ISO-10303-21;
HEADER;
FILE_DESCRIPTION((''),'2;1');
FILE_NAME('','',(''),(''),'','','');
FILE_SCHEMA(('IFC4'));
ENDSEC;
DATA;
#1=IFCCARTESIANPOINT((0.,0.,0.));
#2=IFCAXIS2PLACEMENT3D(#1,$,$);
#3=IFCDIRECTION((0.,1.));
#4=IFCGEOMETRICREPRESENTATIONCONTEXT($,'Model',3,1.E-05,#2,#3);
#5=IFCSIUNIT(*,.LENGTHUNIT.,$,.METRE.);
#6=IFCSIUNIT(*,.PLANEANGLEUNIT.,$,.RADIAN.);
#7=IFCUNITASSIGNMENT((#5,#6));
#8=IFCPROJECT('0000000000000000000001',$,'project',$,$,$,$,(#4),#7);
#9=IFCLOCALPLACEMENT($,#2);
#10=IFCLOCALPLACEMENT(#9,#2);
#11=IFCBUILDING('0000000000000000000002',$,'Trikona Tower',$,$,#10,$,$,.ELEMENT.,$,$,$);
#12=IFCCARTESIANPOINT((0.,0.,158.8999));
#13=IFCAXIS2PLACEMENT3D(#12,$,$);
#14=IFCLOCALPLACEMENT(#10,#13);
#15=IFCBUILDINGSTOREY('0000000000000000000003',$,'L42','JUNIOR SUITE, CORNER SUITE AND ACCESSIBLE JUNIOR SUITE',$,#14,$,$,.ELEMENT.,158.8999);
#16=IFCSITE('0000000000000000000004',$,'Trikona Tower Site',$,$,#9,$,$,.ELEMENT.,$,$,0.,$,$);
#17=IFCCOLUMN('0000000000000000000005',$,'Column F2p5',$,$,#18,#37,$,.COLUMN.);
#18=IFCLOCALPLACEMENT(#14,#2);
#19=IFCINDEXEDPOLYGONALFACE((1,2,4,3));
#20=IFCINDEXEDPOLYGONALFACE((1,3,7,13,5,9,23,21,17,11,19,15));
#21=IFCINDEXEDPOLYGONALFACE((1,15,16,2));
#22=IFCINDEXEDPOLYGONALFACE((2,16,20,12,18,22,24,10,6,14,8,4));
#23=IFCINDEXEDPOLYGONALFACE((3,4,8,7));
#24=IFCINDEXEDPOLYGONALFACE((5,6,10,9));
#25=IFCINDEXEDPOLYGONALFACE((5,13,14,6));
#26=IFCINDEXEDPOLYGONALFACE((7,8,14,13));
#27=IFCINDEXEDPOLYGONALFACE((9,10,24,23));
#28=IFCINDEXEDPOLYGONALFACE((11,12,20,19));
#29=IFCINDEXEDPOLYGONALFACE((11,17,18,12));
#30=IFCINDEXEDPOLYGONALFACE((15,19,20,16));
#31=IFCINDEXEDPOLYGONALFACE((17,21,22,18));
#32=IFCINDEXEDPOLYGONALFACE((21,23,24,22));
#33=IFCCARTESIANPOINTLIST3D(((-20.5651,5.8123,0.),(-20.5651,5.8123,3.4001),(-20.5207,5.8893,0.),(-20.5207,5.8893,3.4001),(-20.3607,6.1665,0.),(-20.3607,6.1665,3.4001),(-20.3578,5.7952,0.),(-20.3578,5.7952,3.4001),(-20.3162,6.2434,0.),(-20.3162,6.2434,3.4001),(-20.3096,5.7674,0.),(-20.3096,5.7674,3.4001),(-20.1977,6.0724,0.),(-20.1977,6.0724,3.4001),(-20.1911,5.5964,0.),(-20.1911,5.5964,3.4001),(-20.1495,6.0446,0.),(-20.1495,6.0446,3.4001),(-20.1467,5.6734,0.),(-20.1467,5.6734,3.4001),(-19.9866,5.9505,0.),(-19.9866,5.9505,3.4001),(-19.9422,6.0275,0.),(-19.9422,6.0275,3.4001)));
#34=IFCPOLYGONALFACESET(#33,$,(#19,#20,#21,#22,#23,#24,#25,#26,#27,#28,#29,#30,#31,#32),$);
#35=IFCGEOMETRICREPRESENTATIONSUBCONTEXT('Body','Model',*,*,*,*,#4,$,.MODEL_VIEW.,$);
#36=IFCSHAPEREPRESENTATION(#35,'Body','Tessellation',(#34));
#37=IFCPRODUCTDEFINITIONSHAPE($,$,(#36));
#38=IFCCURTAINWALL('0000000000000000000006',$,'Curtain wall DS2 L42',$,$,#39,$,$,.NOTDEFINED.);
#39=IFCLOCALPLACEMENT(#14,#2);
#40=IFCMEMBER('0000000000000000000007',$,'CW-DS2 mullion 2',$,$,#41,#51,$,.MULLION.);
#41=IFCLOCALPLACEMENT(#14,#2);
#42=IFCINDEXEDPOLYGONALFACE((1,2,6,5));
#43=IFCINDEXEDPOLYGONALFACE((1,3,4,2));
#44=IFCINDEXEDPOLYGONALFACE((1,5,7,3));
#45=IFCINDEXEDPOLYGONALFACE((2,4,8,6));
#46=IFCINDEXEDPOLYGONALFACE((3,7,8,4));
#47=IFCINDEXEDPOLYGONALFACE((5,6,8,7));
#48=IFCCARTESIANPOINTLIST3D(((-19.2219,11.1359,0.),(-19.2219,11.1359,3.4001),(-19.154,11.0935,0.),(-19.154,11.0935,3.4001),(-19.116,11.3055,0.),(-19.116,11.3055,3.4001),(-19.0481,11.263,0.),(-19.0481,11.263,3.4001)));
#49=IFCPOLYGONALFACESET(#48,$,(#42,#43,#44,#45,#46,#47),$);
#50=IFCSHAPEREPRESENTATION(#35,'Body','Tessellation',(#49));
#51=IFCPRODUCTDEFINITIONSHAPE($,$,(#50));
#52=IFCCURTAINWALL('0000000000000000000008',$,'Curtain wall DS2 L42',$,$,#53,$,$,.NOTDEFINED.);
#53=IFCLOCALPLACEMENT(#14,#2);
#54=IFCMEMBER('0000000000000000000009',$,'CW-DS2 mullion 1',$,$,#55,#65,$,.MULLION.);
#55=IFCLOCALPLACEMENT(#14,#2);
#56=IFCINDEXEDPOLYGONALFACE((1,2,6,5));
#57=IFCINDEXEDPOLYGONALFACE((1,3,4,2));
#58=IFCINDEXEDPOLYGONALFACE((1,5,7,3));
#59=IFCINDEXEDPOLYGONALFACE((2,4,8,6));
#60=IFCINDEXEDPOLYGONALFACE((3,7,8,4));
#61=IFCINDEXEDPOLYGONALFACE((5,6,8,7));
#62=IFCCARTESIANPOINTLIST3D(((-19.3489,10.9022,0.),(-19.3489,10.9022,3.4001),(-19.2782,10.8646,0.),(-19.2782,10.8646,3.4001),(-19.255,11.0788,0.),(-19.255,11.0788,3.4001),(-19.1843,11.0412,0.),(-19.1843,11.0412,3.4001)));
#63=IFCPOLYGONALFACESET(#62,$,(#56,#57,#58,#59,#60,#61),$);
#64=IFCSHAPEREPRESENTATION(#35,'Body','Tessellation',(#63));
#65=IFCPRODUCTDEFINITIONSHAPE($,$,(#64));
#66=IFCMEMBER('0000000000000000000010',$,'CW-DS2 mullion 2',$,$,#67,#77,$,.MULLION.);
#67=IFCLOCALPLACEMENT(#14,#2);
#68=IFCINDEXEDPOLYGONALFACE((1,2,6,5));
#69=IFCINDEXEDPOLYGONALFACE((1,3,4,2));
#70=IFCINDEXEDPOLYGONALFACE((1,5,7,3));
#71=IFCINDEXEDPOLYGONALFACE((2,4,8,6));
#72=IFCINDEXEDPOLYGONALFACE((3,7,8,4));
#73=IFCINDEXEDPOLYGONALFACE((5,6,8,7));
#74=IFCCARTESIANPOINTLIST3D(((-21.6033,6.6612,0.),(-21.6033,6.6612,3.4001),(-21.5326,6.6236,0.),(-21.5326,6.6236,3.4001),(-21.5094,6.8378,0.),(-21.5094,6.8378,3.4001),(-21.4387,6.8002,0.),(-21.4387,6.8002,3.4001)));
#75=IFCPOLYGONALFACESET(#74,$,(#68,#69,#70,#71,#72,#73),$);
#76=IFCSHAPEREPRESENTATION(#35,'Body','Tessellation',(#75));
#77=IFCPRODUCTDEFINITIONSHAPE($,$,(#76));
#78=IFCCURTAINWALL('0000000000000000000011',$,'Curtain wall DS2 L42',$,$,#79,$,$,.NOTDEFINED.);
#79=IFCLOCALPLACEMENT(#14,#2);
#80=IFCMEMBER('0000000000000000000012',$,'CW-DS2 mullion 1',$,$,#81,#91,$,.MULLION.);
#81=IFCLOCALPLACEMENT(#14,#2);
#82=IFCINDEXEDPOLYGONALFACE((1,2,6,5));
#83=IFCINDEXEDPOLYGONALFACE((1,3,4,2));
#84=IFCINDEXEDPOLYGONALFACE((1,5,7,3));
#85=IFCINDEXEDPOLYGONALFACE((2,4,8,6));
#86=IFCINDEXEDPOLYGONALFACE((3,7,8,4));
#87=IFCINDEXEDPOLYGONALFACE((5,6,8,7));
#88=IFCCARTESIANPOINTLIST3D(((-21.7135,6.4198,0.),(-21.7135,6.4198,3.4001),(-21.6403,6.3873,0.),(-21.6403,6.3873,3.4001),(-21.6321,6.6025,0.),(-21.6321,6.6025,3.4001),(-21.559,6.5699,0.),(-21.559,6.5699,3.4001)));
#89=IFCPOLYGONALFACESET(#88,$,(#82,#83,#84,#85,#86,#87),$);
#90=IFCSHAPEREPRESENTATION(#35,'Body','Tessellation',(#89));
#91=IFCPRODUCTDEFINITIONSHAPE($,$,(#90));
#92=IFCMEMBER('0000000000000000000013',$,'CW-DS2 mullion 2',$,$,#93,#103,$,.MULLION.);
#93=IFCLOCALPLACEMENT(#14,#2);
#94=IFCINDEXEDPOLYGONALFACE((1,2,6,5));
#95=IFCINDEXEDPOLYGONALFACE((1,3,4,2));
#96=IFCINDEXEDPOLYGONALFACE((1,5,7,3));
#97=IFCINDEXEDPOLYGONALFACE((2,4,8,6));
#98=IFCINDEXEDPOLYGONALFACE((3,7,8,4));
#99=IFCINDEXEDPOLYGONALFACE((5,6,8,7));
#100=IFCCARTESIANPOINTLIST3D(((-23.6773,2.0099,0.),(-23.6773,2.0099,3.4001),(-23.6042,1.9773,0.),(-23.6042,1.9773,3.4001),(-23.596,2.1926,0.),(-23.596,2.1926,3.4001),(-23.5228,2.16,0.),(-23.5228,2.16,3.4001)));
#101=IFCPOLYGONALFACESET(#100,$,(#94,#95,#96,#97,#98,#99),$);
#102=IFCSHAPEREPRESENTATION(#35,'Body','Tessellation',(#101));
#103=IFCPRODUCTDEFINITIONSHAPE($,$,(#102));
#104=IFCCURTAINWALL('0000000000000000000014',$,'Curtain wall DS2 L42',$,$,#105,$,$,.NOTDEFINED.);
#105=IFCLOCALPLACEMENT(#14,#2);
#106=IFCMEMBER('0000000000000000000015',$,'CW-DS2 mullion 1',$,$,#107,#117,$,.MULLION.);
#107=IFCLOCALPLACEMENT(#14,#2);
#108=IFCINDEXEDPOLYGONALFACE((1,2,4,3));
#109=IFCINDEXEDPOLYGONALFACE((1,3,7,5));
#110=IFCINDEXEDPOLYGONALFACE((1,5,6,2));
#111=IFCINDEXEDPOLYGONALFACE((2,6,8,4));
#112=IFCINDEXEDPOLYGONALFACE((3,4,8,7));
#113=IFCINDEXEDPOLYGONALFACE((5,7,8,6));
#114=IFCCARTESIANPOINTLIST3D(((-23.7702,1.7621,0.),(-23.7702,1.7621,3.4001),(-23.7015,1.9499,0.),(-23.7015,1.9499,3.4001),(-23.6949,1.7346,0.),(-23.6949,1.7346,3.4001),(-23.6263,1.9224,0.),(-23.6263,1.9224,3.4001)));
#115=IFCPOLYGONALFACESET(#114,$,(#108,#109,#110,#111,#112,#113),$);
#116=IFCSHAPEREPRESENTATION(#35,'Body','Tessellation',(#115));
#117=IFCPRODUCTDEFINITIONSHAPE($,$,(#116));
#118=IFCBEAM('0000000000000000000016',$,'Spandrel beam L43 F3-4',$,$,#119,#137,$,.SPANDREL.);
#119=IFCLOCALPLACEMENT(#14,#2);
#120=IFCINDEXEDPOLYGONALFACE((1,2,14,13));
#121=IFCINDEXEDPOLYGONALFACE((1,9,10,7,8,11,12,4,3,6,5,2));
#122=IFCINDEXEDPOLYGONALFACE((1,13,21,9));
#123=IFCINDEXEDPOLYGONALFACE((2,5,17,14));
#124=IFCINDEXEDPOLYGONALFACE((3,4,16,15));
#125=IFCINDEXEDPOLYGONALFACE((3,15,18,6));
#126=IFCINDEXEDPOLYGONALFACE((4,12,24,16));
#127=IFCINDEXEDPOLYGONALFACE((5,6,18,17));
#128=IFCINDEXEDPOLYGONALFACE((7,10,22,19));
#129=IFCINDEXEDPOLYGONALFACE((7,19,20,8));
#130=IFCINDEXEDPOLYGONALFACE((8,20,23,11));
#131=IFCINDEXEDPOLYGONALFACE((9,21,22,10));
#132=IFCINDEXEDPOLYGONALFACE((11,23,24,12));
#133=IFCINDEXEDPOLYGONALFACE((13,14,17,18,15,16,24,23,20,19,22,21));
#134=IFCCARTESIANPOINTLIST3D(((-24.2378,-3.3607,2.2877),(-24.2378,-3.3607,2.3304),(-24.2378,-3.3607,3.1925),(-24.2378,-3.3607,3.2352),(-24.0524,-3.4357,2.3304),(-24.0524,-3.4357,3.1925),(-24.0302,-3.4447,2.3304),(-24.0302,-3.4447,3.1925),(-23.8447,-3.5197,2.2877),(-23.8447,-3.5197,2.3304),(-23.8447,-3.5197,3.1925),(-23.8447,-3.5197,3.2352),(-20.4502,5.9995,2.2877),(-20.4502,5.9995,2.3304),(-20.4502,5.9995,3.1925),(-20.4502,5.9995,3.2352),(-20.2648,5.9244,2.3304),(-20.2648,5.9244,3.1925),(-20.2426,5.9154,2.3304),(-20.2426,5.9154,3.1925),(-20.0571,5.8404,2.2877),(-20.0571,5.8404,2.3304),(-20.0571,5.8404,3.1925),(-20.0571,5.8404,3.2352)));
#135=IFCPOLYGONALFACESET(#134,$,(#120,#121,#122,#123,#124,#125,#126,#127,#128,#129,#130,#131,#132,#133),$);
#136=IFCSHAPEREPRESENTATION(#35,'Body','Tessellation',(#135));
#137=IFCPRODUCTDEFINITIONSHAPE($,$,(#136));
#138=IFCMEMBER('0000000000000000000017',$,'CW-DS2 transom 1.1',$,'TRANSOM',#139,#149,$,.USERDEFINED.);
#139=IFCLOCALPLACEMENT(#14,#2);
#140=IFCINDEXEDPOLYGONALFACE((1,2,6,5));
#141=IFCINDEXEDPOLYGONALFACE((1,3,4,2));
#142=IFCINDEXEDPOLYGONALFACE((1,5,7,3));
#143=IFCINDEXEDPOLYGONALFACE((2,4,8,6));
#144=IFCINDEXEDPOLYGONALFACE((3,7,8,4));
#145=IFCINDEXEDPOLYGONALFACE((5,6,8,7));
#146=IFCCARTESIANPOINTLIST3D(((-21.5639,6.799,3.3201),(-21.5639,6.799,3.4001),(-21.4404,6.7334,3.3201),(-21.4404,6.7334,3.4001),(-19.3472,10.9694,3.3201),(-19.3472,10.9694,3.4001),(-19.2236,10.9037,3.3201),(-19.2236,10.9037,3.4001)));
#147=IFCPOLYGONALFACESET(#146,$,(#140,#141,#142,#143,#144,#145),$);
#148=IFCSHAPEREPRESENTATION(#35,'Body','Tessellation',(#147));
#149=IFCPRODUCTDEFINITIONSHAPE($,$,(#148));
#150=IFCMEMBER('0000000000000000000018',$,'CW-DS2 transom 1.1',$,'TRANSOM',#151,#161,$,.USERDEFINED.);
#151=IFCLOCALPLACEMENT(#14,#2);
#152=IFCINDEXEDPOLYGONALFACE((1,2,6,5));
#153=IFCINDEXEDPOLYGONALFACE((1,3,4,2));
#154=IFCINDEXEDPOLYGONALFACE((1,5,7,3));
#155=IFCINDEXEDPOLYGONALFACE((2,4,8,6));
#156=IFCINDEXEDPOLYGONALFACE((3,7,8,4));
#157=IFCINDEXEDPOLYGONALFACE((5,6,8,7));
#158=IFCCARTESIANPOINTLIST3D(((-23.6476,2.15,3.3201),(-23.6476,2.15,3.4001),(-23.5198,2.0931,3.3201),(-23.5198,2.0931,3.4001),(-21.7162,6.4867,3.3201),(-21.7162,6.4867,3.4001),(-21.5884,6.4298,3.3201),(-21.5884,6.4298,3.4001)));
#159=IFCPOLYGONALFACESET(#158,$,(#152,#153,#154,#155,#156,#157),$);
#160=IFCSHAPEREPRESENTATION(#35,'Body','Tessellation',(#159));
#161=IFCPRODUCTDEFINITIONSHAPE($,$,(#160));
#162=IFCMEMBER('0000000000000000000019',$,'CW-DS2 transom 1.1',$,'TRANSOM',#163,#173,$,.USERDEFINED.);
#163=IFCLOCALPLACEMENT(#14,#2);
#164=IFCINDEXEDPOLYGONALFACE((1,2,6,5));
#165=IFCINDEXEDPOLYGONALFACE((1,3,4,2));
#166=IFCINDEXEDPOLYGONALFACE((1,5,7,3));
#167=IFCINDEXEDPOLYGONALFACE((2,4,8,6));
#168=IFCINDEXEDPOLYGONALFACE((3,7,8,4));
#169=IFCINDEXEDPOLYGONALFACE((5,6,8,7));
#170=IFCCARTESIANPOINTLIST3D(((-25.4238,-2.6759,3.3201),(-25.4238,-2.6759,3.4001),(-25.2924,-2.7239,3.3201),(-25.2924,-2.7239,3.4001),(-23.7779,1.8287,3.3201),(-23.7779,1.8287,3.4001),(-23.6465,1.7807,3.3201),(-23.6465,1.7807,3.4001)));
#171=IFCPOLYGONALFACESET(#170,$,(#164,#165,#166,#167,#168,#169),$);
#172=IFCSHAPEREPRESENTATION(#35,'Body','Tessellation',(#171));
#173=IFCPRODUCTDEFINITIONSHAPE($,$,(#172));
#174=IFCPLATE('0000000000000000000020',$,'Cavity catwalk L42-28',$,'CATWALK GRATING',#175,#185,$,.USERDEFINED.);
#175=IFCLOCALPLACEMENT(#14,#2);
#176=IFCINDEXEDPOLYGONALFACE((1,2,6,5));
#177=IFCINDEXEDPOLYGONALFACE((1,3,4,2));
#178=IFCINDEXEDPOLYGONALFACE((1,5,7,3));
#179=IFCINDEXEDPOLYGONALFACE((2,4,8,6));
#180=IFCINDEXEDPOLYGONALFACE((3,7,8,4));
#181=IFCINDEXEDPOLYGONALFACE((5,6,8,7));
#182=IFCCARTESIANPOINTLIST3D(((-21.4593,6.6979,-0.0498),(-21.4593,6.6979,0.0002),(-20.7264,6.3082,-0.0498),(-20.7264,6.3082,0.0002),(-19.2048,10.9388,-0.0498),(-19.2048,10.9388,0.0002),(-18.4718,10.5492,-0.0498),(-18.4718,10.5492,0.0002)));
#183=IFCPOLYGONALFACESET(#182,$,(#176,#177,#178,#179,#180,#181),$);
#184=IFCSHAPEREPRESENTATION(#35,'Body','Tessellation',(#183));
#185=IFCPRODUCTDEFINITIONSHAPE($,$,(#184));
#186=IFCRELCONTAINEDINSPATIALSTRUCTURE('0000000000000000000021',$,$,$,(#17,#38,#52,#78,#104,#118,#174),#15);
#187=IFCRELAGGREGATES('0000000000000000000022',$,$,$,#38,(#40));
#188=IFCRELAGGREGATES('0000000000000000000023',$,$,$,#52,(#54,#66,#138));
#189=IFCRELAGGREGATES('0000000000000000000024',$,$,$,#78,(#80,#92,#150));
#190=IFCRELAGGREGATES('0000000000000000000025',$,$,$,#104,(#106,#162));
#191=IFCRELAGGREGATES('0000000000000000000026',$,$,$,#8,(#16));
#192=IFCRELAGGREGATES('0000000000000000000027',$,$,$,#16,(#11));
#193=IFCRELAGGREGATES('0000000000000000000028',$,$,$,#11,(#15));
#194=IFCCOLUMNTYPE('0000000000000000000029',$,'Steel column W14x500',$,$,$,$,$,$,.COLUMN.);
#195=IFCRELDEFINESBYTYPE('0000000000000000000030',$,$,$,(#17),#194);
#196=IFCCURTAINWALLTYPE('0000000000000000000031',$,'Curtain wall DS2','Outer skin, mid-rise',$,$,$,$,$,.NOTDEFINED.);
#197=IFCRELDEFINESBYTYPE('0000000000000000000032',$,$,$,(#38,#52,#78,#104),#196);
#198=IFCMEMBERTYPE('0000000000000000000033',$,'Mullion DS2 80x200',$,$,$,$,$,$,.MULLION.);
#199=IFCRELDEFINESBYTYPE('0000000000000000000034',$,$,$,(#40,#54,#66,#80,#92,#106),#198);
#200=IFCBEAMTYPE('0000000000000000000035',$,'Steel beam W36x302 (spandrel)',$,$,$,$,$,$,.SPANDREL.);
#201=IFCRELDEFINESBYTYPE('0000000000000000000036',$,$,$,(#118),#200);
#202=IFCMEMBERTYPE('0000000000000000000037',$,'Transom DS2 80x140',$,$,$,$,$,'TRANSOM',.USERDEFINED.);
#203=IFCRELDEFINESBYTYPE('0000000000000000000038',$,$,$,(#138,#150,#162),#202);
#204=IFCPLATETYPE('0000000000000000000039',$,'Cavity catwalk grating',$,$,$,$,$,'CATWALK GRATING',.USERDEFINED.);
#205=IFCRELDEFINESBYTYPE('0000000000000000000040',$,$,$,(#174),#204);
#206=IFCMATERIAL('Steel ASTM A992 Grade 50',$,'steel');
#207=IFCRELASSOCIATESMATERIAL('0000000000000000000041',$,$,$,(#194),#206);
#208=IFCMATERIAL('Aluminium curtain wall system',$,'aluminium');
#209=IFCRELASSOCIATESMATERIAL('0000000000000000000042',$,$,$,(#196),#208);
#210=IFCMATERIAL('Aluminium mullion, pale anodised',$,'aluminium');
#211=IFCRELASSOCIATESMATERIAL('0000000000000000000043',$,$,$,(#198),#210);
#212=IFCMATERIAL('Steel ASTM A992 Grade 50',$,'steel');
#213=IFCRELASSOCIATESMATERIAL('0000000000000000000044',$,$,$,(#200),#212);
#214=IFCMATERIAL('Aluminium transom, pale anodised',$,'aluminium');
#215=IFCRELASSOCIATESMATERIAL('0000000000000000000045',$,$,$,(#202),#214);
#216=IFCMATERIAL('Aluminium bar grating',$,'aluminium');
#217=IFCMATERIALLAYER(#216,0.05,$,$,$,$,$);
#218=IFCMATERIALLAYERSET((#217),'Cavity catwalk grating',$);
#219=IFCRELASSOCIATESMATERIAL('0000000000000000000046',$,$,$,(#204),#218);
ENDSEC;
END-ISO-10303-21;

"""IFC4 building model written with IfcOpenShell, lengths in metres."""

from ifc_helpers import new_model, si_unit, direction, frame, origin, origin_2d, place, context, subcontext, project, spatial, rectangle, i_section, extrude, material, layer, layer_set, material_profile, profile_set, type_object, element, aggregate, save


model = new_model("IFC4")

# Units and contexts
model_context = context("Model", 3, precision=1e-05, world=origin(), true_north=direction((0.0, 1.0)))
body_context = subcontext(model_context, "Body", "Model", "MODEL_VIEW")
ifc_project = project(units=[si_unit("LENGTHUNIT", "METRE"), si_unit("PLANEANGLEUNIT", "RADIAN")], contexts=[model_context])

# Site, building, storey
site_placement = place(None, origin())
site = spatial("IfcSite", under=ifc_project, at=site_placement, Name="Trikona Tower Site", CompositionType="ELEMENT", RefElevation=0.0)
building_placement = place(site_placement, origin())
building = spatial("IfcBuilding", under=site, at=building_placement, Name="Trikona Tower", CompositionType="ELEMENT")
storey_placement = place(building_placement, frame((0.0, 0.0, 158.8999)))
storey = spatial("IfcBuildingStorey", under=building, at=storey_placement, Name="L42", Description="JUNIOR SUITE, CORNER SUITE AND ACCESSIBLE JUNIOR SUITE", CompositionType="ELEMENT", Elevation=158.8999)

# Column
ifc_material_1 = material(Name="Steel ASTM A992 Grade 50", Category="steel")
ifc_material_profile_1 = material_profile(ifc_material_1, i_section(OverallWidth=0.4319, OverallDepth=0.4978, WebThickness=0.0557, FlangeThickness=0.0889, at=origin_2d()), Name="W14X500")
ifc_profile_set_1 = profile_set([ifc_material_profile_1], Name="Steel ASTM A992 Grade 50")
column_type = type_object("IfcColumnType", Name="Steel column W14x500", PredefinedType="COLUMN", material=ifc_profile_set_1)
column_placement = place(storey_placement, frame((-20.2537, 5.9199, 0.0), z_axis=(0.0, 0.0, 1.0), x_axis=(-0.866025, 0.5, 0.0)))
element("IfcColumn", 1, at=column_placement, inside=storey, type_object=column_type, Name="Column F2p5", PredefinedType="COLUMN", context=body_context, shape_type="SweptSolid", body=[
    extrude(i_section(OverallWidth=0.4319, OverallDepth=0.4978, WebThickness=0.0557, FlangeThickness=0.0889, at=origin_2d()), origin(), (0.0, 0.0, 1.0), 3.4001),
])

# Curtain wall, member
ifc_material_2 = material(Name="Aluminium curtain wall system", Category="aluminium")
curtain_wall_type = type_object("IfcCurtainWallType", Name="Curtain wall DS2", Description="Outer skin, mid-rise", PredefinedType="NOTDEFINED", material=ifc_material_2)
curtain_wall_1_placement = place(storey_placement, origin())
curtain_wall_1 = element("IfcCurtainWall", 2, at=curtain_wall_1_placement, inside=storey, type_object=curtain_wall_type, Name="Curtain wall DS2 L42", PredefinedType="NOTDEFINED")
ifc_material_3 = material(Name="Aluminium mullion, pale anodised", Category="aluminium")
ifc_material_profile_2 = material_profile(ifc_material_3, rectangle(XDim=0.0801, YDim=0.2, at=origin_2d()), Name="MUL-DS2")
ifc_profile_set_2 = profile_set([ifc_material_profile_2], Name="Aluminium mullion, pale anodised")
member_type_1 = type_object("IfcMemberType", Name="Mullion DS2 80x200", PredefinedType="MULLION", material=ifc_profile_set_2)
member_1_placement = place(storey_placement, frame((-19.135, 11.1995, 0.0), z_axis=(0.0, 0.0, 1.0), x_axis=(0.847998, -0.529999, 0.0)))
member_1 = element("IfcMember", 3, at=member_1_placement, type_object=member_type_1, Name="CW-DS2 mullion 2", PredefinedType="MULLION", context=body_context, shape_type="SweptSolid", body=[
    extrude(rectangle(XDim=0.0801, YDim=0.2, at=origin_2d()), origin(), (0.0, 0.0, 1.0), 3.4001),
])
aggregate(curtain_wall_1, [member_1])

# Curtain walls, members
curtain_wall_2_placement = place(storey_placement, origin())
curtain_wall_2 = element("IfcCurtainWall", 4, at=curtain_wall_2_placement, inside=storey, type_object=curtain_wall_type, Name="Curtain wall DS2 L42", PredefinedType="NOTDEFINED")
member_2_placement = place(storey_placement, frame((-19.2666, 10.9717, 0.0), z_axis=(0.0, 0.0, 1.0), x_axis=(0.882996, -0.46938, 0.0)))
member_2 = element("IfcMember", 5, at=member_2_placement, type_object=member_type_1, Name="CW-DS2 mullion 1", PredefinedType="MULLION", context=body_context, shape_type="SweptSolid", body=[
    extrude(rectangle(XDim=0.0801, YDim=0.2, at=origin_2d()), origin(), (0.0, 0.0, 1.0), 3.4001),
])
member_3_placement = place(storey_placement, frame((-21.521, 6.7307, 0.0), z_axis=(0.0, 0.0, 1.0), x_axis=(0.882996, -0.46938, 0.0)))
member_3 = element("IfcMember", 6, at=member_3_placement, type_object=member_type_1, Name="CW-DS2 mullion 2", PredefinedType="MULLION", context=body_context, shape_type="SweptSolid", body=[
    extrude(rectangle(XDim=0.0801, YDim=0.2, at=origin_2d()), origin(), (0.0, 0.0, 1.0), 3.4001),
])
curtain_wall_3_placement = place(storey_placement, origin())
curtain_wall_3 = element("IfcCurtainWall", 7, at=curtain_wall_3_placement, inside=storey, type_object=curtain_wall_type, Name="Curtain wall DS2 L42", PredefinedType="NOTDEFINED")
member_4_placement = place(storey_placement, frame((-21.6362, 6.4949, 0.0), z_axis=(0.0, 0.0, 1.0), x_axis=(0.913501, -0.406836, 0.0)))
member_4 = element("IfcMember", 8, at=member_4_placement, type_object=member_type_1, Name="CW-DS2 mullion 1", PredefinedType="MULLION", context=body_context, shape_type="SweptSolid", body=[
    extrude(rectangle(XDim=0.0801, YDim=0.2, at=origin_2d()), origin(), (0.0, 0.0, 1.0), 3.4001),
])
member_5_placement = place(storey_placement, frame((-23.6001, 2.085, 0.0), z_axis=(0.0, 0.0, 1.0), x_axis=(0.913501, -0.406836, 0.0)))
member_5 = element("IfcMember", 9, at=member_5_placement, type_object=member_type_1, Name="CW-DS2 mullion 2", PredefinedType="MULLION", context=body_context, shape_type="SweptSolid", body=[
    extrude(rectangle(XDim=0.0801, YDim=0.2, at=origin_2d()), origin(), (0.0, 0.0, 1.0), 3.4001),
])

# Curtain wall, member
curtain_wall_4_placement = place(storey_placement, origin())
curtain_wall_4 = element("IfcCurtainWall", 10, at=curtain_wall_4_placement, inside=storey, type_object=curtain_wall_type, Name="Curtain wall DS2 L42", PredefinedType="NOTDEFINED")
member_6_placement = place(storey_placement, frame((-23.6982, 1.8423, 0.0), z_axis=(0.0, 0.0, 1.0), x_axis=(0.939254, -0.343223, 0.0)))
member_6 = element("IfcMember", 11, at=member_6_placement, type_object=member_type_1, Name="CW-DS2 mullion 1", PredefinedType="MULLION", context=body_context, shape_type="SweptSolid", body=[
    extrude(rectangle(XDim=0.0801, YDim=0.2, at=origin_2d()), origin(), (0.0, 0.0, 1.0), 3.4001),
])

# Beam
ifc_material_4 = material(Name="Steel ASTM A992 Grade 50", Category="steel")
ifc_material_profile_3 = material_profile(ifc_material_4, i_section(OverallWidth=0.4241, OverallDepth=0.9475, WebThickness=0.0239, FlangeThickness=0.0427, at=origin_2d()), Name="W36X302")
ifc_profile_set_3 = profile_set([ifc_material_profile_3], Name="Steel ASTM A992 Grade 50")
beam_type = type_object("IfcBeamType", Name="Steel beam W36x302 (spandrel)", PredefinedType="SPANDREL", material=ifc_profile_set_3)
beam_placement = place(storey_placement, frame((-20.2537, 5.9199, 2.7615), z_axis=(-0.375106, -0.926982, 0.0), x_axis=(0.926982, -0.375106, 0.0)))
element("IfcBeam", 12, at=beam_placement, inside=storey, type_object=beam_type, Name="Spandrel beam L43 F3-4", PredefinedType="SPANDREL", context=body_context, shape_type="SweptSolid", body=[
    extrude(i_section(OverallWidth=0.4241, OverallDepth=0.9475, WebThickness=0.0239, FlangeThickness=0.0427, at=origin_2d()), origin(), (0.0, 0.0, 1.0), 10.0974),
])

# Members
ifc_material_5 = material(Name="Aluminium transom, pale anodised", Category="aluminium")
ifc_material_profile_4 = material_profile(ifc_material_5, rectangle(XDim=0.1399, YDim=0.0801, at=origin_2d()), Name="TRN-DS2")
ifc_profile_set_4 = profile_set([ifc_material_profile_4], Name="Aluminium transom, pale anodised")
member_type_2 = type_object("IfcMemberType", Name="Transom DS2 80x140", ElementType="TRANSOM", PredefinedType="USERDEFINED", material=ifc_profile_set_4)
member_7_placement = place(storey_placement, frame((-19.2854, 10.9365, 3.3601), z_axis=(-0.469364, -0.883005, 0.0), x_axis=(0.883005, -0.469364, 0.0)))
member_7 = element("IfcMember", 13, at=member_7_placement, type_object=member_type_2, Name="CW-DS2 transom 1.1", ObjectType="TRANSOM", PredefinedType="USERDEFINED", context=body_context, shape_type="SweptSolid", body=[
    extrude(rectangle(XDim=0.1399, YDim=0.0801, at=origin_2d()), origin(), (0.0, 0.0, 1.0), 4.7229),
])
member_8_placement = place(storey_placement, frame((-21.6523, 6.4583, 3.3601), z_axis=(-0.40684, -0.9135, 0.0), x_axis=(0.9135, -0.40684, 0.0)))
member_8 = element("IfcMember", 14, at=member_8_placement, type_object=member_type_2, Name="CW-DS2 transom 1.1", ObjectType="TRANSOM", PredefinedType="USERDEFINED", context=body_context, shape_type="SweptSolid", body=[
    extrude(rectangle(XDim=0.1399, YDim=0.0801, at=origin_2d()), origin(), (0.0, 0.0, 1.0), 4.7473),
])
member_9_placement = place(storey_placement, frame((-23.7122, 1.8047, 3.3601), z_axis=(-0.343206, -0.93926, 0.0), x_axis=(0.93926, -0.343206, 0.0)))
member_9 = element("IfcMember", 15, at=member_9_placement, type_object=member_type_2, Name="CW-DS2 transom 1.1", ObjectType="TRANSOM", PredefinedType="USERDEFINED", context=body_context, shape_type="SweptSolid", body=[
    extrude(rectangle(XDim=0.1399, YDim=0.0801, at=origin_2d()), origin(), (0.0, 0.0, 1.0), 4.7959),
])

# Plate
ifc_material_6 = material(Name="Aluminium bar grating", Category="aluminium")
ifc_layer_1 = layer(ifc_material_6, 0.05)
ifc_layer_set_1 = layer_set([ifc_layer_1], Name="Cavity catwalk grating")
plate_type_1 = type_object("IfcPlateType", Name="Cavity catwalk grating", ElementType="CATWALK GRATING", PredefinedType="USERDEFINED", material=ifc_layer_set_1)
plate_1_placement = place(storey_placement, frame((-19.9656, 8.6235, -0.0498), z_axis=(0.0, 0.0, 1.0), x_axis=(-0.469398, -0.882987, 0.0)))
element("IfcPlate", 16, at=plate_1_placement, inside=storey, type_object=plate_type_1, Name="Cavity catwalk L42-28", ObjectType="CATWALK GRATING", PredefinedType="USERDEFINED", context=body_context, shape_type="SweptSolid", body=[
    extrude(rectangle(XDim=4.803, YDim=0.8301, at=origin_2d()), origin(), (0.0, 0.0, 1.0), 0.05),
])

aggregate(curtain_wall_2, [member_2, member_3, member_7])
aggregate(curtain_wall_3, [member_4, member_5, member_8])
aggregate(curtain_wall_4, [member_6, member_9])

save(model, "model.ifc")
